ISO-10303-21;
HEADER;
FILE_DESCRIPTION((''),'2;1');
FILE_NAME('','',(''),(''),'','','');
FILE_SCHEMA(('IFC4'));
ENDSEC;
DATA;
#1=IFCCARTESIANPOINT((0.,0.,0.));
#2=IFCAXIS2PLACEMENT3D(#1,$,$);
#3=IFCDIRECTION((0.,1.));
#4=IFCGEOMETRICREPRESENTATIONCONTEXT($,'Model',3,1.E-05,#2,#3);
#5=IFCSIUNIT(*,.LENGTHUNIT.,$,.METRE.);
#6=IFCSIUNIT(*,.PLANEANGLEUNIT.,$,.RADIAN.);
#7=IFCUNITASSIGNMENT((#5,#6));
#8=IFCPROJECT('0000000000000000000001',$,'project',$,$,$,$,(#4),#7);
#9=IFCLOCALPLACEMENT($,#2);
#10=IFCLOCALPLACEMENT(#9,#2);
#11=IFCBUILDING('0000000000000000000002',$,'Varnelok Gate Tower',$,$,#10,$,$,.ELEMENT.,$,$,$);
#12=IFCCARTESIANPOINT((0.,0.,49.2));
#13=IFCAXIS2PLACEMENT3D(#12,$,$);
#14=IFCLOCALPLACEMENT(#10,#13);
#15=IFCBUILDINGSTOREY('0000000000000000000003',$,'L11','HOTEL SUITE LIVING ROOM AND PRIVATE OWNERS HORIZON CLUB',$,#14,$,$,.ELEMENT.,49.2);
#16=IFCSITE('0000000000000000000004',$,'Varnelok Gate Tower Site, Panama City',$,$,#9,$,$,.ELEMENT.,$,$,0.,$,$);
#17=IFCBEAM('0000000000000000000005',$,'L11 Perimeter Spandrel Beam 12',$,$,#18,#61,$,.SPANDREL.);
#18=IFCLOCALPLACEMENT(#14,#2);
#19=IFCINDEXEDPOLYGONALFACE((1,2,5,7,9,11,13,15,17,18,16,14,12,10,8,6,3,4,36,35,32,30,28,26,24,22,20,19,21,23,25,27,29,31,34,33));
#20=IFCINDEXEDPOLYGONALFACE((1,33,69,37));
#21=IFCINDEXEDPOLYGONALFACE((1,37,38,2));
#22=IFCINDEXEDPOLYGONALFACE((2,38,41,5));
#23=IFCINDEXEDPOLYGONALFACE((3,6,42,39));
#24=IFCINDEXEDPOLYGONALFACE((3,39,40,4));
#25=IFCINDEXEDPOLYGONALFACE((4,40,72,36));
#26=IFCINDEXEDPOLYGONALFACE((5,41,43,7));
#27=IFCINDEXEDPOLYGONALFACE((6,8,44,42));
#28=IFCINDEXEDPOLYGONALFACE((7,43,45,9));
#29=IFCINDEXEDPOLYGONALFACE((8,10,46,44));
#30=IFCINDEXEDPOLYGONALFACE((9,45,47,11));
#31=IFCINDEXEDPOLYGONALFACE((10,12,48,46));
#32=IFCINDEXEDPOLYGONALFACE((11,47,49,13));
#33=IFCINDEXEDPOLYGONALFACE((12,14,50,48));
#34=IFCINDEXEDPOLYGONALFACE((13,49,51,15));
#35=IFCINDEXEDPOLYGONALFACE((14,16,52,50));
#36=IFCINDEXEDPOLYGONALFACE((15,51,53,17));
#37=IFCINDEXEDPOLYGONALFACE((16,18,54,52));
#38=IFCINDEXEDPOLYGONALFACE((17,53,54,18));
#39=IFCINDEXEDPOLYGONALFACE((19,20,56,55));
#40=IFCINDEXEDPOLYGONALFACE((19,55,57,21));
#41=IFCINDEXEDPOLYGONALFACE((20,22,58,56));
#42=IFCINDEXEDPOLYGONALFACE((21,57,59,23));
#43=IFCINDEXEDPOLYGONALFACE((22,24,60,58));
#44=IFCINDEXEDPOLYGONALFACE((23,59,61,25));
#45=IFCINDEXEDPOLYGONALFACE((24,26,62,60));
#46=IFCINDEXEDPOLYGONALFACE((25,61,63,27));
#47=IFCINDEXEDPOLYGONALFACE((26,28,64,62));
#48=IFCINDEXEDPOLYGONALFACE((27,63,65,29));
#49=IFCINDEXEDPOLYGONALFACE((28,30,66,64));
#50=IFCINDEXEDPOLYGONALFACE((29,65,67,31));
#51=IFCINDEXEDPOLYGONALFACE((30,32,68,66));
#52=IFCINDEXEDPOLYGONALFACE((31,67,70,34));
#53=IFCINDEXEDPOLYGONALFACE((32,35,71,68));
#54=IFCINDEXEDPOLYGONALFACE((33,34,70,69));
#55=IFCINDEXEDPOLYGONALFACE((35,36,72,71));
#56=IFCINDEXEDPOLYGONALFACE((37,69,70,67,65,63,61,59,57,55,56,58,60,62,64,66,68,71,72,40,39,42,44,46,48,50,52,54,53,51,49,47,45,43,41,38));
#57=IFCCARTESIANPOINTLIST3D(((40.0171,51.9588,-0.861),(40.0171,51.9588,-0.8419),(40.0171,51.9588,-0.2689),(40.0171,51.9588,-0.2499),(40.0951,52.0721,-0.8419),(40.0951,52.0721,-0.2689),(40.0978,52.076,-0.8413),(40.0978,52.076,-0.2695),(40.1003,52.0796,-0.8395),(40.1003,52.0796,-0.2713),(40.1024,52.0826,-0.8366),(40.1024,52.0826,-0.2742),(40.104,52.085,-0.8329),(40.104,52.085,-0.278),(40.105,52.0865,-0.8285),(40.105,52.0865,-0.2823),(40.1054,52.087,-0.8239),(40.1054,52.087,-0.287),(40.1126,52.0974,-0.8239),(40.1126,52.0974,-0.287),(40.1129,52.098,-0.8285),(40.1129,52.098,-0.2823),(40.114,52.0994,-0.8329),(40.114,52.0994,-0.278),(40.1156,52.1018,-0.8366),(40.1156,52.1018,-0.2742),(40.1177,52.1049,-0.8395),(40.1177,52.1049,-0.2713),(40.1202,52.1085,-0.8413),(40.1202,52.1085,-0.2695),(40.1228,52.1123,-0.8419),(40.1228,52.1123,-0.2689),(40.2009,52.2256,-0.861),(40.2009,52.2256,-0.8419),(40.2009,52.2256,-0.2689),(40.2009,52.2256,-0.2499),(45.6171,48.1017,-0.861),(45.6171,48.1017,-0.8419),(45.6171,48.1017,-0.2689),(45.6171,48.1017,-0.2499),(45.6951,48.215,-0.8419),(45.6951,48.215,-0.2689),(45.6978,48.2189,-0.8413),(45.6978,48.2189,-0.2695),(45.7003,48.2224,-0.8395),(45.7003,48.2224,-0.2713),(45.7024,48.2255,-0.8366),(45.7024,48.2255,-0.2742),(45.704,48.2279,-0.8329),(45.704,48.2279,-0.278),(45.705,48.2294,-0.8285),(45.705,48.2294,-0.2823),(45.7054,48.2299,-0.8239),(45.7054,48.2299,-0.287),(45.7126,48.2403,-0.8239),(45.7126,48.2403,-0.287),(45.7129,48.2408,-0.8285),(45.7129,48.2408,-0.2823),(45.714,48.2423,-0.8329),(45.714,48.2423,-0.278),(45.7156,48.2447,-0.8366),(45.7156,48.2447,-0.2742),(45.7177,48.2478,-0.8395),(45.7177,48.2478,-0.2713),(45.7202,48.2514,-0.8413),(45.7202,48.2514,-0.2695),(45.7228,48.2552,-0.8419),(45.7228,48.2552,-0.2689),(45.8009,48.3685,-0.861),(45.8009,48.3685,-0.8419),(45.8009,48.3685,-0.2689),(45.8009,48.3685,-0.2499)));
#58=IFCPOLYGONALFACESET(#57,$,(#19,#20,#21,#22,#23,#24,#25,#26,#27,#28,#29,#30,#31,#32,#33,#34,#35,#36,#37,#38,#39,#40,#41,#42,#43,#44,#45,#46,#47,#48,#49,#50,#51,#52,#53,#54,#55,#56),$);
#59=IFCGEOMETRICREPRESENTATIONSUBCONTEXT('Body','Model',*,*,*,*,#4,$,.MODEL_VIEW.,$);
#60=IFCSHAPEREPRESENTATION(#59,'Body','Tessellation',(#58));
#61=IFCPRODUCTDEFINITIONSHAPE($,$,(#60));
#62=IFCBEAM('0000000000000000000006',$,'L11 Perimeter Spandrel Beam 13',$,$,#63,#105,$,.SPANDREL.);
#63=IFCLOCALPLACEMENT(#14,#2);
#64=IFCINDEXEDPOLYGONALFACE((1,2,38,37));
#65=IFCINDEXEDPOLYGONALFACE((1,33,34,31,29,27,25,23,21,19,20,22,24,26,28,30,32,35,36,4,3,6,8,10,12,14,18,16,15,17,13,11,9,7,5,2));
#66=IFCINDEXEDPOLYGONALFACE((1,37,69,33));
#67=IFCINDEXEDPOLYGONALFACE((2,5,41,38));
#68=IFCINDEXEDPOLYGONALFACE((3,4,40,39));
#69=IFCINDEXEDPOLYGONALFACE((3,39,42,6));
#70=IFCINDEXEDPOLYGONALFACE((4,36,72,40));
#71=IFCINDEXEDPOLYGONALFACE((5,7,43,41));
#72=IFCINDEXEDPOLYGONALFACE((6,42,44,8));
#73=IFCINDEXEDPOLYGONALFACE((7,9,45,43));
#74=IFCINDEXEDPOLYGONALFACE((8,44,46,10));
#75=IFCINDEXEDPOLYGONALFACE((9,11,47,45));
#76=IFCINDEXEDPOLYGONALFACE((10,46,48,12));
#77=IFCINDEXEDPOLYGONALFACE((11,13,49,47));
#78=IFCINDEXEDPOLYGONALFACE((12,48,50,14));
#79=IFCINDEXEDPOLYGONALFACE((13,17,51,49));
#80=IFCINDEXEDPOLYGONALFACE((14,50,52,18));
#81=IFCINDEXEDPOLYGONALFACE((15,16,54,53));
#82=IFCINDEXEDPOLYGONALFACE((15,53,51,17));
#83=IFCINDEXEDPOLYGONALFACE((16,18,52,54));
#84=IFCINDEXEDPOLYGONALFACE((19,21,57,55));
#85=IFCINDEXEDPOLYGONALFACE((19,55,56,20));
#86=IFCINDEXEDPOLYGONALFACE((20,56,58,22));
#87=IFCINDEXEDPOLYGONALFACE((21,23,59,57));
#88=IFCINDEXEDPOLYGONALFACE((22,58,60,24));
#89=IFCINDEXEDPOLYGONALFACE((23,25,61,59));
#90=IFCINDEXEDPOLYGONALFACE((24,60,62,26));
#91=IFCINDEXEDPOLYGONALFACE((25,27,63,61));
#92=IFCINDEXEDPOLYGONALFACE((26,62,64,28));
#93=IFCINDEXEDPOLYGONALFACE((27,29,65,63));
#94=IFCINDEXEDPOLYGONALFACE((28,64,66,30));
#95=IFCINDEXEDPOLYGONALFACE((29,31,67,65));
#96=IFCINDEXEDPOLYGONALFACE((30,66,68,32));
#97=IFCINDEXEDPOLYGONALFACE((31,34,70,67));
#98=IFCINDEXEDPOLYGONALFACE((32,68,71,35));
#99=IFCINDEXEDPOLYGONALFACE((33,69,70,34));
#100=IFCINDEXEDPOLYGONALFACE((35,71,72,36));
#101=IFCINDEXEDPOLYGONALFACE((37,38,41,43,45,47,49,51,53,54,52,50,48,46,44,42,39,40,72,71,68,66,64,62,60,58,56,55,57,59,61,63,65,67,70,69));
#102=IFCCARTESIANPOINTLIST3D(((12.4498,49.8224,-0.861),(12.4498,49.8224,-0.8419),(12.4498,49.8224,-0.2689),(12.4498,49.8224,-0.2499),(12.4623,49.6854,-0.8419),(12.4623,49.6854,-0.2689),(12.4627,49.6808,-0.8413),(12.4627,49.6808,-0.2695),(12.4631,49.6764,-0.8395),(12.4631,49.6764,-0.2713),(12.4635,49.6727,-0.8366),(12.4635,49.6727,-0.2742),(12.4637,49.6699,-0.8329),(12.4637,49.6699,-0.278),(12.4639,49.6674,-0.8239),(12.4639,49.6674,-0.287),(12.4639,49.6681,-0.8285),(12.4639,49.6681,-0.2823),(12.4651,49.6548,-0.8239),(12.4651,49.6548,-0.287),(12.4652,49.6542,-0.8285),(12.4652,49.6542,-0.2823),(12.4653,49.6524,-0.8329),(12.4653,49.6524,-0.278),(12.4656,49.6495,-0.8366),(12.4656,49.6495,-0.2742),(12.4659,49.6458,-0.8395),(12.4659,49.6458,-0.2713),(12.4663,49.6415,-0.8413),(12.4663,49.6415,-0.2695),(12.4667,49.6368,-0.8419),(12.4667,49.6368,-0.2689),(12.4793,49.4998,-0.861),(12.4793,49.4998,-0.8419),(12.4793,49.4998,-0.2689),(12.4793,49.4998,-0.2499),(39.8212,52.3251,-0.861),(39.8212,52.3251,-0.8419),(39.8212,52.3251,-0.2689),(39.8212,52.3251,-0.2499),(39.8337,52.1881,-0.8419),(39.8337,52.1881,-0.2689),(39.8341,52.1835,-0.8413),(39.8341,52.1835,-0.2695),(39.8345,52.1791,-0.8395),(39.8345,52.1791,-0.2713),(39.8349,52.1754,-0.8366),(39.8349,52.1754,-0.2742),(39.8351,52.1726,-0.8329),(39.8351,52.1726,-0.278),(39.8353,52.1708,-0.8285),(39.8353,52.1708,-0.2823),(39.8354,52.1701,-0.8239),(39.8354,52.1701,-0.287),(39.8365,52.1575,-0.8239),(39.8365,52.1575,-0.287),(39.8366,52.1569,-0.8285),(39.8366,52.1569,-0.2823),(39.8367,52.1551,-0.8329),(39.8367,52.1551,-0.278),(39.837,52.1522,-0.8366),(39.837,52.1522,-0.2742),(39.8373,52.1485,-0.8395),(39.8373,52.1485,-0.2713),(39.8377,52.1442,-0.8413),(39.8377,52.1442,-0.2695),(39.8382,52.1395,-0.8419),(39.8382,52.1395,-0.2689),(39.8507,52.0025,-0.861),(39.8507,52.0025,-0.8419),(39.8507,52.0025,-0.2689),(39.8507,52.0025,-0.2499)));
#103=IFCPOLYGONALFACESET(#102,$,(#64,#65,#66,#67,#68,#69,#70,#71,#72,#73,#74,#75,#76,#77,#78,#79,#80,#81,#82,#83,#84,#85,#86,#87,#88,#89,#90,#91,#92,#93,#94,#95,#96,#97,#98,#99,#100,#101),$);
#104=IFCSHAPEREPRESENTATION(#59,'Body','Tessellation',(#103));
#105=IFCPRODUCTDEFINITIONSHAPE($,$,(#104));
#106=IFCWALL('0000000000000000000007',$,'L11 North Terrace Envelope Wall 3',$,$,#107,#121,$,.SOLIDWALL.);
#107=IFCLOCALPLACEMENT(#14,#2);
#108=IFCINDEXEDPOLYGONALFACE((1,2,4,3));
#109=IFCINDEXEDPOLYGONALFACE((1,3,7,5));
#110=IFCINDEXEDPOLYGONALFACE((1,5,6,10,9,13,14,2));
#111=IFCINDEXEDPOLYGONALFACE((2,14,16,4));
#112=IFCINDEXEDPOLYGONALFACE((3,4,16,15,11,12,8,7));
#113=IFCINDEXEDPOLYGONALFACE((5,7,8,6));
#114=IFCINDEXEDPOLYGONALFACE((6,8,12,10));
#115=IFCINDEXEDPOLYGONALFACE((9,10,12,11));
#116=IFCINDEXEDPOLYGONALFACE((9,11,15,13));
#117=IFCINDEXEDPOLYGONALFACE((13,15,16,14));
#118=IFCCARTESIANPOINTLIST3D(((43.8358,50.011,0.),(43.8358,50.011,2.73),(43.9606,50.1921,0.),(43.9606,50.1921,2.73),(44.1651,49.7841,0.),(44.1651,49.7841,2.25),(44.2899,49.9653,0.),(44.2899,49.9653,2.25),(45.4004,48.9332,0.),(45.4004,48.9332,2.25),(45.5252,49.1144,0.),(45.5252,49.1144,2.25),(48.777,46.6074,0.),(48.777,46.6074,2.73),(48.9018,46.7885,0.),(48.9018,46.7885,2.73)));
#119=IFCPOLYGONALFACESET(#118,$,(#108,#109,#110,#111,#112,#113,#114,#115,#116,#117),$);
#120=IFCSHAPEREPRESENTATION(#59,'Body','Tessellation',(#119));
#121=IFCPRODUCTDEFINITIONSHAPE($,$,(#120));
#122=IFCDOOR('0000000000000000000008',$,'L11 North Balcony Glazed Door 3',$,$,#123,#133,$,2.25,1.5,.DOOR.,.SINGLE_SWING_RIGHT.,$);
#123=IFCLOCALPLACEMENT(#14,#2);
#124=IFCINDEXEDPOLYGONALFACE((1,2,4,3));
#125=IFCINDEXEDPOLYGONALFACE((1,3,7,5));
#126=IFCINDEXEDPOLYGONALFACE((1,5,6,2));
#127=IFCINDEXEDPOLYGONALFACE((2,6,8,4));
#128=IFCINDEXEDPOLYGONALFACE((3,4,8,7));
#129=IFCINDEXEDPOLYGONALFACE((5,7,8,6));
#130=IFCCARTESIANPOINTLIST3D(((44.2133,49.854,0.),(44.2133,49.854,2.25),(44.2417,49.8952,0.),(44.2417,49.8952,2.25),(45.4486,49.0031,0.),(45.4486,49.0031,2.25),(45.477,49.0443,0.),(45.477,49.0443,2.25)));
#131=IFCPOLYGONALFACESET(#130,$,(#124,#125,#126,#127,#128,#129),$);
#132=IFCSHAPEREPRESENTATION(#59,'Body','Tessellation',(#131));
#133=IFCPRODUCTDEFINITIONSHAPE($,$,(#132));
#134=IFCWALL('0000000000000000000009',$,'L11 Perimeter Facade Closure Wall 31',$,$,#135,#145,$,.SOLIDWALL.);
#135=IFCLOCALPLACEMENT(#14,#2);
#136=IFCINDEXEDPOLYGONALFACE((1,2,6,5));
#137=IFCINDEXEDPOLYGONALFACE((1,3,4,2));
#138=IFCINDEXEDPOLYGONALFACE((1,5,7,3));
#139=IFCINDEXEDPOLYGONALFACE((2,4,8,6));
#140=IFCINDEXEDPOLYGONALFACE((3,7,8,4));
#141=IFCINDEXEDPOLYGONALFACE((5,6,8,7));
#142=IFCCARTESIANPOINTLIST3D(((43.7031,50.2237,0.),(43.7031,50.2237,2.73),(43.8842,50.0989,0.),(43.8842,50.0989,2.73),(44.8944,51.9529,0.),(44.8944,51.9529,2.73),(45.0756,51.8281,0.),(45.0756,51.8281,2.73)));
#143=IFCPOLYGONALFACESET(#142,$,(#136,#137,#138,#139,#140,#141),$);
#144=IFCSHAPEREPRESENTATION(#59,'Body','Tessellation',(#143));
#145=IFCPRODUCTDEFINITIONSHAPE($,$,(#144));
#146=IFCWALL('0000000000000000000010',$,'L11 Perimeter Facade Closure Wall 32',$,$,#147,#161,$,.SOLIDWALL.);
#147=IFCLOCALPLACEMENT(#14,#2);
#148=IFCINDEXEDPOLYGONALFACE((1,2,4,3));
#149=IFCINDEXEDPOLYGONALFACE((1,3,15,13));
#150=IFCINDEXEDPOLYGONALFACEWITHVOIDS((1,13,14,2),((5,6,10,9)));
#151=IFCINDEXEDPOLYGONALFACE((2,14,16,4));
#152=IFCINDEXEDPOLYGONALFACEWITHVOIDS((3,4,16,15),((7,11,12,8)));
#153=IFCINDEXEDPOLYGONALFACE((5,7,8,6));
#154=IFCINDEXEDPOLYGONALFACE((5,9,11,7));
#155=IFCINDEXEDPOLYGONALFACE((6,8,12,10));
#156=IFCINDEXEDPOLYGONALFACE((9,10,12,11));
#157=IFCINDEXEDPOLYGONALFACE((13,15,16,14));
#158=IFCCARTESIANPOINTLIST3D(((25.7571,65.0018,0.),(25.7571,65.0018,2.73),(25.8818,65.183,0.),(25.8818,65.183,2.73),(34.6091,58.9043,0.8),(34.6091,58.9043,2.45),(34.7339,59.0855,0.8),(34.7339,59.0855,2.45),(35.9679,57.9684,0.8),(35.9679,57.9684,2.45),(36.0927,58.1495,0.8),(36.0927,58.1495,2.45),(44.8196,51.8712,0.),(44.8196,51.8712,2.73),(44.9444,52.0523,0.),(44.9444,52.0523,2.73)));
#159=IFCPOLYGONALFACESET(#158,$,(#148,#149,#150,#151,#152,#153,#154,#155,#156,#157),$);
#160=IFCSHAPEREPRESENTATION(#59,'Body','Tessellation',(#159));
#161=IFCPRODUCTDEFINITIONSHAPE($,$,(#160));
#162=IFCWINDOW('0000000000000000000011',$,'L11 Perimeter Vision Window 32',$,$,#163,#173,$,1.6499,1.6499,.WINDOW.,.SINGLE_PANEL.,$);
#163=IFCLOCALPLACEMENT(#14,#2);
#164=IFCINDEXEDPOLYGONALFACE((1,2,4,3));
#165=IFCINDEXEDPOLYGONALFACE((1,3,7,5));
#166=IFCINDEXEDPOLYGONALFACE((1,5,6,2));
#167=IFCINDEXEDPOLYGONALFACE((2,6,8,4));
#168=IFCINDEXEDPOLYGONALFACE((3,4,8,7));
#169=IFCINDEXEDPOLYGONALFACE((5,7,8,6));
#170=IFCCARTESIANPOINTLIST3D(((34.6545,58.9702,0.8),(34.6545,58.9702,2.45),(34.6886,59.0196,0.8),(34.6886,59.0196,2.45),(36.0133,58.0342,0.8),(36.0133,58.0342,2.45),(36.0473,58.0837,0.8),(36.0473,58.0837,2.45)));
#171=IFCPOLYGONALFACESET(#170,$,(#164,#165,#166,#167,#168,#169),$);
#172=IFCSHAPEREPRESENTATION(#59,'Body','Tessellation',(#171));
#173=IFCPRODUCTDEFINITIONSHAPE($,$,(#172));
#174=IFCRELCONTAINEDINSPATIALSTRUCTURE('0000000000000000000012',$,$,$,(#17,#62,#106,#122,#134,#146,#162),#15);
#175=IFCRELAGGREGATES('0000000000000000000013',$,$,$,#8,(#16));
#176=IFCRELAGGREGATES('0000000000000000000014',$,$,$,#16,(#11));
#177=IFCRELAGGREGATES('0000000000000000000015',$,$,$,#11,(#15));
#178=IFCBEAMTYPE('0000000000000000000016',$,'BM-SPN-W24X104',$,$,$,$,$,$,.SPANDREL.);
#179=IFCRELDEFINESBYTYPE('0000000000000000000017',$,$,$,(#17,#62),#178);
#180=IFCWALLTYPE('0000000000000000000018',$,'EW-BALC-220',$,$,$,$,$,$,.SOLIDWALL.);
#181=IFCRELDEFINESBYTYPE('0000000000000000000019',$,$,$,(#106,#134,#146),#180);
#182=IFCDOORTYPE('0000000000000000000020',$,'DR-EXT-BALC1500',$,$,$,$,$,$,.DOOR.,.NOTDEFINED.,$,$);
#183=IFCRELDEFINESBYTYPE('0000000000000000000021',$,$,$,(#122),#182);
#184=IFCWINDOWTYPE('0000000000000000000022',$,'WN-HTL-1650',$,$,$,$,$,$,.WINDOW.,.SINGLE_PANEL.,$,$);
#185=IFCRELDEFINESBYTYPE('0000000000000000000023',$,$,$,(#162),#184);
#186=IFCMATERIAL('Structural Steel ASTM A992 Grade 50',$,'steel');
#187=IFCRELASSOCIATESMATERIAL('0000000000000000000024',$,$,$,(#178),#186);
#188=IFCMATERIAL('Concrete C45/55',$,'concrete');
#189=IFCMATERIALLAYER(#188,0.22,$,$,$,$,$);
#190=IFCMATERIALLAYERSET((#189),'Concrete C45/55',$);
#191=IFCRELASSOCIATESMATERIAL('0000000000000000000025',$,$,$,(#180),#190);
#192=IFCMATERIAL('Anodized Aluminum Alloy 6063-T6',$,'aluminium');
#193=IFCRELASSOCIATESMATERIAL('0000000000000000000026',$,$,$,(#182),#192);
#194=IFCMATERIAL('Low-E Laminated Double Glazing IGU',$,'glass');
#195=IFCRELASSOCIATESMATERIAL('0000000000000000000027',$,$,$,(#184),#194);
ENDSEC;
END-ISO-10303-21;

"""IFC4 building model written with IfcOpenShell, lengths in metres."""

from ifc_helpers import new_model, si_unit, direction, frame, frame_2d, origin, origin_2d, place, context, subcontext, project, spatial, rectangle, i_section, extrude, material, layer, layer_set, material_profile, profile_set, type_object, element, fill, save


model = new_model("IFC4")

# Units and contexts
model_context = context("Model", 3, precision=1e-05, world=origin(), true_north=direction((0.0, 1.0)))
body_context = subcontext(model_context, "Body", "Model", "MODEL_VIEW")
ifc_project = project(units=[si_unit("LENGTHUNIT", "METRE"), si_unit("PLANEANGLEUNIT", "RADIAN")], contexts=[model_context])

# Site, building, storey
site_placement = place(None, origin())
site = spatial("IfcSite", under=ifc_project, at=site_placement, Name="Varnelok Gate Tower Site, Panama City", CompositionType="ELEMENT", RefElevation=0.0)
building_placement = place(site_placement, origin())
building = spatial("IfcBuilding", under=site, at=building_placement, Name="Varnelok Gate Tower", CompositionType="ELEMENT")
storey_placement = place(building_placement, frame((0.0, 0.0, 49.2)))
storey = spatial("IfcBuildingStorey", under=building, at=storey_placement, Name="L11", Description="HOTEL SUITE LIVING ROOM AND PRIVATE OWNERS HORIZON CLUB", CompositionType="ELEMENT", Elevation=49.2)

# Shared definitions
ifc_material_1 = material(Name="Structural Steel ASTM A992 Grade 50", Category="steel")

# Beams
ifc_material_profile_1 = material_profile(ifc_material_1, i_section(OverallWidth=0.324, OverallDepth=0.6111, WebThickness=0.0127, FlangeThickness=0.019, FilletRadius=0.0181, at=origin_2d()), Name="W24X104")
ifc_profile_set_1 = profile_set([ifc_material_profile_1], Name="Structural Steel ASTM A992 Grade 50")
beam_type_1 = type_object("IfcBeamType", Name="BM-SPN-W24X104", PredefinedType="SPANDREL", material=ifc_profile_set_1)
beam_1_placement = place(storey_placement, frame((45.709, 48.2351, -0.5554), z_axis=(-0.823553, 0.567239, 0.0), x_axis=(-0.567239, -0.823553, 0.0)))
element("IfcBeam", 1, at=beam_1_placement, inside=storey, type_object=beam_type_1, Name="L11 Perimeter Spandrel Beam 12", PredefinedType="SPANDREL", context=body_context, shape_type="SweptSolid", body=[
    extrude(i_section(OverallWidth=0.324, OverallDepth=0.6111, WebThickness=0.0127, FlangeThickness=0.019, FilletRadius=0.0181, at=origin_2d()), origin(), (0.0, 0.0, 1.0), 6.7998),
])
beam_2_placement = place(storey_placement, frame((39.8359, 52.1638, -0.5554), z_axis=(-0.995846, -0.091055, 0.0), x_axis=(0.091055, -0.995846, 0.0)))
element("IfcBeam", 2, at=beam_2_placement, inside=storey, type_object=beam_type_1, Name="L11 Perimeter Spandrel Beam 13", PredefinedType="SPANDREL", context=body_context, shape_type="SweptSolid", body=[
    extrude(i_section(OverallWidth=0.324, OverallDepth=0.6111, WebThickness=0.0127, FlangeThickness=0.019, FilletRadius=0.0181, at=origin_2d()), origin(), (0.0, 0.0, 1.0), 27.4856),
])

# Wall, opening, door
ifc_material_2 = material(Name="Concrete C45/55", Category="concrete")
ifc_layer_1 = layer(ifc_material_2, 0.22)
ifc_layer_set_1 = layer_set([ifc_layer_1], Name="Concrete C45/55")
wall_type_1 = type_object("IfcWallType", Name="EW-BALC-220", PredefinedType="SOLIDWALL", material=ifc_layer_set_1)
wall_1_placement = place(storey_placement, frame((43.8982, 50.1016, 0.0), z_axis=(0.0, 0.0, 1.0), x_axis=(0.823535, -0.567266, 0.0)))
wall_1 = element("IfcWall", 3, at=wall_1_placement, inside=storey, type_object=wall_type_1, Name="L11 North Terrace Envelope Wall 3", PredefinedType="SOLIDWALL", context=body_context, shape_type="SweptSolid", body=[
    extrude(rectangle(XDim=6.0, YDim=0.22, at=frame_2d((3.0, 0.0))), origin(), (0.0, 0.0, 1.0), 2.73),
])
opening_1_placement = place(wall_1_placement, frame((0.3999, 0.0, 0.0)))
opening_1 = element("IfcOpeningElement", 4, at=opening_1_placement, cuts=wall_1, PredefinedType="OPENING", context=body_context, shape_type="SweptSolid", body=[
    extrude(rectangle(XDim=1.5, YDim=2.25, at=frame_2d((0.75, 1.125))), frame((0.0, 0.1199, 0.0), z_axis=(0.0, -1.0, 0.0), x_axis=(1.0, 0.0, 0.0)), (0.0, 0.0, 1.0), 0.24),
])
ifc_material_3 = material(Name="Anodized Aluminum Alloy 6063-T6", Category="aluminium")
door_type_1 = type_object("IfcDoorType", Name="DR-EXT-BALC1500", OperationType="NOTDEFINED", PredefinedType="DOOR", material=ifc_material_3)
door_1_placement = place(opening_1_placement, origin())
door_1 = element("IfcDoor", 5, at=door_1_placement, inside=storey, type_object=door_type_1, Name="L11 North Balcony Glazed Door 3", OperationType="SINGLE_SWING_RIGHT", OverallHeight=2.25, OverallWidth=1.5, PredefinedType="DOOR", context=body_context, shape_type="SweptSolid", body=[
    extrude(rectangle(XDim=1.5, YDim=2.25, at=frame_2d((0.75, 1.125))), frame((0.0, 0.0249, 0.0), z_axis=(0.0, -1.0, 0.0), x_axis=(1.0, 0.0, 0.0)), (0.0, 0.0, 1.0), 0.05),
])
fill(opening_1, door_1)

# Wall
wall_2_placement = place(storey_placement, frame((43.7937, 50.1614, 0.0), z_axis=(0.0, 0.0, 1.0), x_axis=(0.567353, 0.823475, 0.0)))
element("IfcWall", 6, at=wall_2_placement, inside=storey, type_object=wall_type_1, Name="L11 Perimeter Facade Closure Wall 31", PredefinedType="SOLIDWALL", context=body_context, shape_type="SweptSolid", body=[
    extrude(rectangle(XDim=2.0999, YDim=0.22, at=frame_2d((1.0498, 0.0))), origin(), (0.0, 0.0, 1.0), 2.73),
])

# Wall, opening, window
wall_3_placement = place(storey_placement, frame((44.8821, 51.9617, 0.0), z_axis=(0.0, 0.0, 1.0), x_axis=(-0.823534, 0.567266, 0.0)))
wall_3 = element("IfcWall", 7, at=wall_3_placement, inside=storey, type_object=wall_type_1, Name="L11 Perimeter Facade Closure Wall 32", PredefinedType="SOLIDWALL", context=body_context, shape_type="SweptSolid", body=[
    extrude(rectangle(XDim=23.1472, YDim=0.22, at=frame_2d((11.5737, 0.0))), origin(), (0.0, 0.0, 1.0), 2.73),
])
opening_2_placement = place(wall_3_placement, frame((10.7485, 0.0, 0.8)))
opening_2 = element("IfcOpeningElement", 8, at=opening_2_placement, cuts=wall_3, PredefinedType="OPENING", context=body_context, shape_type="SweptSolid", body=[
    extrude(rectangle(XDim=1.6499, YDim=1.6499, at=frame_2d((0.825, 0.825))), frame((0.0, 0.1199, 0.0), z_axis=(0.0, -1.0, 0.0), x_axis=(1.0, 0.0, 0.0)), (0.0, 0.0, 1.0), 0.24),
])
ifc_material_4 = material(Name="Low-E Laminated Double Glazing IGU", Category="glass")
window_type = type_object("IfcWindowType", Name="WN-HTL-1650", PartitioningType="SINGLE_PANEL", PredefinedType="WINDOW", material=ifc_material_4)
window_placement = place(opening_2_placement, origin())
window = element("IfcWindow", 9, at=window_placement, inside=storey, type_object=window_type, Name="L11 Perimeter Vision Window 32", OverallHeight=1.6499, OverallWidth=1.6499, PartitioningType="SINGLE_PANEL", PredefinedType="WINDOW", context=body_context, shape_type="SweptSolid", body=[
    extrude(rectangle(XDim=1.6499, YDim=1.6499, at=frame_2d((0.825, 0.825))), frame((0.0, 0.03, 0.0), z_axis=(0.0, -1.0, 0.0), x_axis=(1.0, 0.0, 0.0)), (0.0, 0.0, 1.0), 0.0601),
])
fill(opening_2, window)

save(model, "model.ifc")
